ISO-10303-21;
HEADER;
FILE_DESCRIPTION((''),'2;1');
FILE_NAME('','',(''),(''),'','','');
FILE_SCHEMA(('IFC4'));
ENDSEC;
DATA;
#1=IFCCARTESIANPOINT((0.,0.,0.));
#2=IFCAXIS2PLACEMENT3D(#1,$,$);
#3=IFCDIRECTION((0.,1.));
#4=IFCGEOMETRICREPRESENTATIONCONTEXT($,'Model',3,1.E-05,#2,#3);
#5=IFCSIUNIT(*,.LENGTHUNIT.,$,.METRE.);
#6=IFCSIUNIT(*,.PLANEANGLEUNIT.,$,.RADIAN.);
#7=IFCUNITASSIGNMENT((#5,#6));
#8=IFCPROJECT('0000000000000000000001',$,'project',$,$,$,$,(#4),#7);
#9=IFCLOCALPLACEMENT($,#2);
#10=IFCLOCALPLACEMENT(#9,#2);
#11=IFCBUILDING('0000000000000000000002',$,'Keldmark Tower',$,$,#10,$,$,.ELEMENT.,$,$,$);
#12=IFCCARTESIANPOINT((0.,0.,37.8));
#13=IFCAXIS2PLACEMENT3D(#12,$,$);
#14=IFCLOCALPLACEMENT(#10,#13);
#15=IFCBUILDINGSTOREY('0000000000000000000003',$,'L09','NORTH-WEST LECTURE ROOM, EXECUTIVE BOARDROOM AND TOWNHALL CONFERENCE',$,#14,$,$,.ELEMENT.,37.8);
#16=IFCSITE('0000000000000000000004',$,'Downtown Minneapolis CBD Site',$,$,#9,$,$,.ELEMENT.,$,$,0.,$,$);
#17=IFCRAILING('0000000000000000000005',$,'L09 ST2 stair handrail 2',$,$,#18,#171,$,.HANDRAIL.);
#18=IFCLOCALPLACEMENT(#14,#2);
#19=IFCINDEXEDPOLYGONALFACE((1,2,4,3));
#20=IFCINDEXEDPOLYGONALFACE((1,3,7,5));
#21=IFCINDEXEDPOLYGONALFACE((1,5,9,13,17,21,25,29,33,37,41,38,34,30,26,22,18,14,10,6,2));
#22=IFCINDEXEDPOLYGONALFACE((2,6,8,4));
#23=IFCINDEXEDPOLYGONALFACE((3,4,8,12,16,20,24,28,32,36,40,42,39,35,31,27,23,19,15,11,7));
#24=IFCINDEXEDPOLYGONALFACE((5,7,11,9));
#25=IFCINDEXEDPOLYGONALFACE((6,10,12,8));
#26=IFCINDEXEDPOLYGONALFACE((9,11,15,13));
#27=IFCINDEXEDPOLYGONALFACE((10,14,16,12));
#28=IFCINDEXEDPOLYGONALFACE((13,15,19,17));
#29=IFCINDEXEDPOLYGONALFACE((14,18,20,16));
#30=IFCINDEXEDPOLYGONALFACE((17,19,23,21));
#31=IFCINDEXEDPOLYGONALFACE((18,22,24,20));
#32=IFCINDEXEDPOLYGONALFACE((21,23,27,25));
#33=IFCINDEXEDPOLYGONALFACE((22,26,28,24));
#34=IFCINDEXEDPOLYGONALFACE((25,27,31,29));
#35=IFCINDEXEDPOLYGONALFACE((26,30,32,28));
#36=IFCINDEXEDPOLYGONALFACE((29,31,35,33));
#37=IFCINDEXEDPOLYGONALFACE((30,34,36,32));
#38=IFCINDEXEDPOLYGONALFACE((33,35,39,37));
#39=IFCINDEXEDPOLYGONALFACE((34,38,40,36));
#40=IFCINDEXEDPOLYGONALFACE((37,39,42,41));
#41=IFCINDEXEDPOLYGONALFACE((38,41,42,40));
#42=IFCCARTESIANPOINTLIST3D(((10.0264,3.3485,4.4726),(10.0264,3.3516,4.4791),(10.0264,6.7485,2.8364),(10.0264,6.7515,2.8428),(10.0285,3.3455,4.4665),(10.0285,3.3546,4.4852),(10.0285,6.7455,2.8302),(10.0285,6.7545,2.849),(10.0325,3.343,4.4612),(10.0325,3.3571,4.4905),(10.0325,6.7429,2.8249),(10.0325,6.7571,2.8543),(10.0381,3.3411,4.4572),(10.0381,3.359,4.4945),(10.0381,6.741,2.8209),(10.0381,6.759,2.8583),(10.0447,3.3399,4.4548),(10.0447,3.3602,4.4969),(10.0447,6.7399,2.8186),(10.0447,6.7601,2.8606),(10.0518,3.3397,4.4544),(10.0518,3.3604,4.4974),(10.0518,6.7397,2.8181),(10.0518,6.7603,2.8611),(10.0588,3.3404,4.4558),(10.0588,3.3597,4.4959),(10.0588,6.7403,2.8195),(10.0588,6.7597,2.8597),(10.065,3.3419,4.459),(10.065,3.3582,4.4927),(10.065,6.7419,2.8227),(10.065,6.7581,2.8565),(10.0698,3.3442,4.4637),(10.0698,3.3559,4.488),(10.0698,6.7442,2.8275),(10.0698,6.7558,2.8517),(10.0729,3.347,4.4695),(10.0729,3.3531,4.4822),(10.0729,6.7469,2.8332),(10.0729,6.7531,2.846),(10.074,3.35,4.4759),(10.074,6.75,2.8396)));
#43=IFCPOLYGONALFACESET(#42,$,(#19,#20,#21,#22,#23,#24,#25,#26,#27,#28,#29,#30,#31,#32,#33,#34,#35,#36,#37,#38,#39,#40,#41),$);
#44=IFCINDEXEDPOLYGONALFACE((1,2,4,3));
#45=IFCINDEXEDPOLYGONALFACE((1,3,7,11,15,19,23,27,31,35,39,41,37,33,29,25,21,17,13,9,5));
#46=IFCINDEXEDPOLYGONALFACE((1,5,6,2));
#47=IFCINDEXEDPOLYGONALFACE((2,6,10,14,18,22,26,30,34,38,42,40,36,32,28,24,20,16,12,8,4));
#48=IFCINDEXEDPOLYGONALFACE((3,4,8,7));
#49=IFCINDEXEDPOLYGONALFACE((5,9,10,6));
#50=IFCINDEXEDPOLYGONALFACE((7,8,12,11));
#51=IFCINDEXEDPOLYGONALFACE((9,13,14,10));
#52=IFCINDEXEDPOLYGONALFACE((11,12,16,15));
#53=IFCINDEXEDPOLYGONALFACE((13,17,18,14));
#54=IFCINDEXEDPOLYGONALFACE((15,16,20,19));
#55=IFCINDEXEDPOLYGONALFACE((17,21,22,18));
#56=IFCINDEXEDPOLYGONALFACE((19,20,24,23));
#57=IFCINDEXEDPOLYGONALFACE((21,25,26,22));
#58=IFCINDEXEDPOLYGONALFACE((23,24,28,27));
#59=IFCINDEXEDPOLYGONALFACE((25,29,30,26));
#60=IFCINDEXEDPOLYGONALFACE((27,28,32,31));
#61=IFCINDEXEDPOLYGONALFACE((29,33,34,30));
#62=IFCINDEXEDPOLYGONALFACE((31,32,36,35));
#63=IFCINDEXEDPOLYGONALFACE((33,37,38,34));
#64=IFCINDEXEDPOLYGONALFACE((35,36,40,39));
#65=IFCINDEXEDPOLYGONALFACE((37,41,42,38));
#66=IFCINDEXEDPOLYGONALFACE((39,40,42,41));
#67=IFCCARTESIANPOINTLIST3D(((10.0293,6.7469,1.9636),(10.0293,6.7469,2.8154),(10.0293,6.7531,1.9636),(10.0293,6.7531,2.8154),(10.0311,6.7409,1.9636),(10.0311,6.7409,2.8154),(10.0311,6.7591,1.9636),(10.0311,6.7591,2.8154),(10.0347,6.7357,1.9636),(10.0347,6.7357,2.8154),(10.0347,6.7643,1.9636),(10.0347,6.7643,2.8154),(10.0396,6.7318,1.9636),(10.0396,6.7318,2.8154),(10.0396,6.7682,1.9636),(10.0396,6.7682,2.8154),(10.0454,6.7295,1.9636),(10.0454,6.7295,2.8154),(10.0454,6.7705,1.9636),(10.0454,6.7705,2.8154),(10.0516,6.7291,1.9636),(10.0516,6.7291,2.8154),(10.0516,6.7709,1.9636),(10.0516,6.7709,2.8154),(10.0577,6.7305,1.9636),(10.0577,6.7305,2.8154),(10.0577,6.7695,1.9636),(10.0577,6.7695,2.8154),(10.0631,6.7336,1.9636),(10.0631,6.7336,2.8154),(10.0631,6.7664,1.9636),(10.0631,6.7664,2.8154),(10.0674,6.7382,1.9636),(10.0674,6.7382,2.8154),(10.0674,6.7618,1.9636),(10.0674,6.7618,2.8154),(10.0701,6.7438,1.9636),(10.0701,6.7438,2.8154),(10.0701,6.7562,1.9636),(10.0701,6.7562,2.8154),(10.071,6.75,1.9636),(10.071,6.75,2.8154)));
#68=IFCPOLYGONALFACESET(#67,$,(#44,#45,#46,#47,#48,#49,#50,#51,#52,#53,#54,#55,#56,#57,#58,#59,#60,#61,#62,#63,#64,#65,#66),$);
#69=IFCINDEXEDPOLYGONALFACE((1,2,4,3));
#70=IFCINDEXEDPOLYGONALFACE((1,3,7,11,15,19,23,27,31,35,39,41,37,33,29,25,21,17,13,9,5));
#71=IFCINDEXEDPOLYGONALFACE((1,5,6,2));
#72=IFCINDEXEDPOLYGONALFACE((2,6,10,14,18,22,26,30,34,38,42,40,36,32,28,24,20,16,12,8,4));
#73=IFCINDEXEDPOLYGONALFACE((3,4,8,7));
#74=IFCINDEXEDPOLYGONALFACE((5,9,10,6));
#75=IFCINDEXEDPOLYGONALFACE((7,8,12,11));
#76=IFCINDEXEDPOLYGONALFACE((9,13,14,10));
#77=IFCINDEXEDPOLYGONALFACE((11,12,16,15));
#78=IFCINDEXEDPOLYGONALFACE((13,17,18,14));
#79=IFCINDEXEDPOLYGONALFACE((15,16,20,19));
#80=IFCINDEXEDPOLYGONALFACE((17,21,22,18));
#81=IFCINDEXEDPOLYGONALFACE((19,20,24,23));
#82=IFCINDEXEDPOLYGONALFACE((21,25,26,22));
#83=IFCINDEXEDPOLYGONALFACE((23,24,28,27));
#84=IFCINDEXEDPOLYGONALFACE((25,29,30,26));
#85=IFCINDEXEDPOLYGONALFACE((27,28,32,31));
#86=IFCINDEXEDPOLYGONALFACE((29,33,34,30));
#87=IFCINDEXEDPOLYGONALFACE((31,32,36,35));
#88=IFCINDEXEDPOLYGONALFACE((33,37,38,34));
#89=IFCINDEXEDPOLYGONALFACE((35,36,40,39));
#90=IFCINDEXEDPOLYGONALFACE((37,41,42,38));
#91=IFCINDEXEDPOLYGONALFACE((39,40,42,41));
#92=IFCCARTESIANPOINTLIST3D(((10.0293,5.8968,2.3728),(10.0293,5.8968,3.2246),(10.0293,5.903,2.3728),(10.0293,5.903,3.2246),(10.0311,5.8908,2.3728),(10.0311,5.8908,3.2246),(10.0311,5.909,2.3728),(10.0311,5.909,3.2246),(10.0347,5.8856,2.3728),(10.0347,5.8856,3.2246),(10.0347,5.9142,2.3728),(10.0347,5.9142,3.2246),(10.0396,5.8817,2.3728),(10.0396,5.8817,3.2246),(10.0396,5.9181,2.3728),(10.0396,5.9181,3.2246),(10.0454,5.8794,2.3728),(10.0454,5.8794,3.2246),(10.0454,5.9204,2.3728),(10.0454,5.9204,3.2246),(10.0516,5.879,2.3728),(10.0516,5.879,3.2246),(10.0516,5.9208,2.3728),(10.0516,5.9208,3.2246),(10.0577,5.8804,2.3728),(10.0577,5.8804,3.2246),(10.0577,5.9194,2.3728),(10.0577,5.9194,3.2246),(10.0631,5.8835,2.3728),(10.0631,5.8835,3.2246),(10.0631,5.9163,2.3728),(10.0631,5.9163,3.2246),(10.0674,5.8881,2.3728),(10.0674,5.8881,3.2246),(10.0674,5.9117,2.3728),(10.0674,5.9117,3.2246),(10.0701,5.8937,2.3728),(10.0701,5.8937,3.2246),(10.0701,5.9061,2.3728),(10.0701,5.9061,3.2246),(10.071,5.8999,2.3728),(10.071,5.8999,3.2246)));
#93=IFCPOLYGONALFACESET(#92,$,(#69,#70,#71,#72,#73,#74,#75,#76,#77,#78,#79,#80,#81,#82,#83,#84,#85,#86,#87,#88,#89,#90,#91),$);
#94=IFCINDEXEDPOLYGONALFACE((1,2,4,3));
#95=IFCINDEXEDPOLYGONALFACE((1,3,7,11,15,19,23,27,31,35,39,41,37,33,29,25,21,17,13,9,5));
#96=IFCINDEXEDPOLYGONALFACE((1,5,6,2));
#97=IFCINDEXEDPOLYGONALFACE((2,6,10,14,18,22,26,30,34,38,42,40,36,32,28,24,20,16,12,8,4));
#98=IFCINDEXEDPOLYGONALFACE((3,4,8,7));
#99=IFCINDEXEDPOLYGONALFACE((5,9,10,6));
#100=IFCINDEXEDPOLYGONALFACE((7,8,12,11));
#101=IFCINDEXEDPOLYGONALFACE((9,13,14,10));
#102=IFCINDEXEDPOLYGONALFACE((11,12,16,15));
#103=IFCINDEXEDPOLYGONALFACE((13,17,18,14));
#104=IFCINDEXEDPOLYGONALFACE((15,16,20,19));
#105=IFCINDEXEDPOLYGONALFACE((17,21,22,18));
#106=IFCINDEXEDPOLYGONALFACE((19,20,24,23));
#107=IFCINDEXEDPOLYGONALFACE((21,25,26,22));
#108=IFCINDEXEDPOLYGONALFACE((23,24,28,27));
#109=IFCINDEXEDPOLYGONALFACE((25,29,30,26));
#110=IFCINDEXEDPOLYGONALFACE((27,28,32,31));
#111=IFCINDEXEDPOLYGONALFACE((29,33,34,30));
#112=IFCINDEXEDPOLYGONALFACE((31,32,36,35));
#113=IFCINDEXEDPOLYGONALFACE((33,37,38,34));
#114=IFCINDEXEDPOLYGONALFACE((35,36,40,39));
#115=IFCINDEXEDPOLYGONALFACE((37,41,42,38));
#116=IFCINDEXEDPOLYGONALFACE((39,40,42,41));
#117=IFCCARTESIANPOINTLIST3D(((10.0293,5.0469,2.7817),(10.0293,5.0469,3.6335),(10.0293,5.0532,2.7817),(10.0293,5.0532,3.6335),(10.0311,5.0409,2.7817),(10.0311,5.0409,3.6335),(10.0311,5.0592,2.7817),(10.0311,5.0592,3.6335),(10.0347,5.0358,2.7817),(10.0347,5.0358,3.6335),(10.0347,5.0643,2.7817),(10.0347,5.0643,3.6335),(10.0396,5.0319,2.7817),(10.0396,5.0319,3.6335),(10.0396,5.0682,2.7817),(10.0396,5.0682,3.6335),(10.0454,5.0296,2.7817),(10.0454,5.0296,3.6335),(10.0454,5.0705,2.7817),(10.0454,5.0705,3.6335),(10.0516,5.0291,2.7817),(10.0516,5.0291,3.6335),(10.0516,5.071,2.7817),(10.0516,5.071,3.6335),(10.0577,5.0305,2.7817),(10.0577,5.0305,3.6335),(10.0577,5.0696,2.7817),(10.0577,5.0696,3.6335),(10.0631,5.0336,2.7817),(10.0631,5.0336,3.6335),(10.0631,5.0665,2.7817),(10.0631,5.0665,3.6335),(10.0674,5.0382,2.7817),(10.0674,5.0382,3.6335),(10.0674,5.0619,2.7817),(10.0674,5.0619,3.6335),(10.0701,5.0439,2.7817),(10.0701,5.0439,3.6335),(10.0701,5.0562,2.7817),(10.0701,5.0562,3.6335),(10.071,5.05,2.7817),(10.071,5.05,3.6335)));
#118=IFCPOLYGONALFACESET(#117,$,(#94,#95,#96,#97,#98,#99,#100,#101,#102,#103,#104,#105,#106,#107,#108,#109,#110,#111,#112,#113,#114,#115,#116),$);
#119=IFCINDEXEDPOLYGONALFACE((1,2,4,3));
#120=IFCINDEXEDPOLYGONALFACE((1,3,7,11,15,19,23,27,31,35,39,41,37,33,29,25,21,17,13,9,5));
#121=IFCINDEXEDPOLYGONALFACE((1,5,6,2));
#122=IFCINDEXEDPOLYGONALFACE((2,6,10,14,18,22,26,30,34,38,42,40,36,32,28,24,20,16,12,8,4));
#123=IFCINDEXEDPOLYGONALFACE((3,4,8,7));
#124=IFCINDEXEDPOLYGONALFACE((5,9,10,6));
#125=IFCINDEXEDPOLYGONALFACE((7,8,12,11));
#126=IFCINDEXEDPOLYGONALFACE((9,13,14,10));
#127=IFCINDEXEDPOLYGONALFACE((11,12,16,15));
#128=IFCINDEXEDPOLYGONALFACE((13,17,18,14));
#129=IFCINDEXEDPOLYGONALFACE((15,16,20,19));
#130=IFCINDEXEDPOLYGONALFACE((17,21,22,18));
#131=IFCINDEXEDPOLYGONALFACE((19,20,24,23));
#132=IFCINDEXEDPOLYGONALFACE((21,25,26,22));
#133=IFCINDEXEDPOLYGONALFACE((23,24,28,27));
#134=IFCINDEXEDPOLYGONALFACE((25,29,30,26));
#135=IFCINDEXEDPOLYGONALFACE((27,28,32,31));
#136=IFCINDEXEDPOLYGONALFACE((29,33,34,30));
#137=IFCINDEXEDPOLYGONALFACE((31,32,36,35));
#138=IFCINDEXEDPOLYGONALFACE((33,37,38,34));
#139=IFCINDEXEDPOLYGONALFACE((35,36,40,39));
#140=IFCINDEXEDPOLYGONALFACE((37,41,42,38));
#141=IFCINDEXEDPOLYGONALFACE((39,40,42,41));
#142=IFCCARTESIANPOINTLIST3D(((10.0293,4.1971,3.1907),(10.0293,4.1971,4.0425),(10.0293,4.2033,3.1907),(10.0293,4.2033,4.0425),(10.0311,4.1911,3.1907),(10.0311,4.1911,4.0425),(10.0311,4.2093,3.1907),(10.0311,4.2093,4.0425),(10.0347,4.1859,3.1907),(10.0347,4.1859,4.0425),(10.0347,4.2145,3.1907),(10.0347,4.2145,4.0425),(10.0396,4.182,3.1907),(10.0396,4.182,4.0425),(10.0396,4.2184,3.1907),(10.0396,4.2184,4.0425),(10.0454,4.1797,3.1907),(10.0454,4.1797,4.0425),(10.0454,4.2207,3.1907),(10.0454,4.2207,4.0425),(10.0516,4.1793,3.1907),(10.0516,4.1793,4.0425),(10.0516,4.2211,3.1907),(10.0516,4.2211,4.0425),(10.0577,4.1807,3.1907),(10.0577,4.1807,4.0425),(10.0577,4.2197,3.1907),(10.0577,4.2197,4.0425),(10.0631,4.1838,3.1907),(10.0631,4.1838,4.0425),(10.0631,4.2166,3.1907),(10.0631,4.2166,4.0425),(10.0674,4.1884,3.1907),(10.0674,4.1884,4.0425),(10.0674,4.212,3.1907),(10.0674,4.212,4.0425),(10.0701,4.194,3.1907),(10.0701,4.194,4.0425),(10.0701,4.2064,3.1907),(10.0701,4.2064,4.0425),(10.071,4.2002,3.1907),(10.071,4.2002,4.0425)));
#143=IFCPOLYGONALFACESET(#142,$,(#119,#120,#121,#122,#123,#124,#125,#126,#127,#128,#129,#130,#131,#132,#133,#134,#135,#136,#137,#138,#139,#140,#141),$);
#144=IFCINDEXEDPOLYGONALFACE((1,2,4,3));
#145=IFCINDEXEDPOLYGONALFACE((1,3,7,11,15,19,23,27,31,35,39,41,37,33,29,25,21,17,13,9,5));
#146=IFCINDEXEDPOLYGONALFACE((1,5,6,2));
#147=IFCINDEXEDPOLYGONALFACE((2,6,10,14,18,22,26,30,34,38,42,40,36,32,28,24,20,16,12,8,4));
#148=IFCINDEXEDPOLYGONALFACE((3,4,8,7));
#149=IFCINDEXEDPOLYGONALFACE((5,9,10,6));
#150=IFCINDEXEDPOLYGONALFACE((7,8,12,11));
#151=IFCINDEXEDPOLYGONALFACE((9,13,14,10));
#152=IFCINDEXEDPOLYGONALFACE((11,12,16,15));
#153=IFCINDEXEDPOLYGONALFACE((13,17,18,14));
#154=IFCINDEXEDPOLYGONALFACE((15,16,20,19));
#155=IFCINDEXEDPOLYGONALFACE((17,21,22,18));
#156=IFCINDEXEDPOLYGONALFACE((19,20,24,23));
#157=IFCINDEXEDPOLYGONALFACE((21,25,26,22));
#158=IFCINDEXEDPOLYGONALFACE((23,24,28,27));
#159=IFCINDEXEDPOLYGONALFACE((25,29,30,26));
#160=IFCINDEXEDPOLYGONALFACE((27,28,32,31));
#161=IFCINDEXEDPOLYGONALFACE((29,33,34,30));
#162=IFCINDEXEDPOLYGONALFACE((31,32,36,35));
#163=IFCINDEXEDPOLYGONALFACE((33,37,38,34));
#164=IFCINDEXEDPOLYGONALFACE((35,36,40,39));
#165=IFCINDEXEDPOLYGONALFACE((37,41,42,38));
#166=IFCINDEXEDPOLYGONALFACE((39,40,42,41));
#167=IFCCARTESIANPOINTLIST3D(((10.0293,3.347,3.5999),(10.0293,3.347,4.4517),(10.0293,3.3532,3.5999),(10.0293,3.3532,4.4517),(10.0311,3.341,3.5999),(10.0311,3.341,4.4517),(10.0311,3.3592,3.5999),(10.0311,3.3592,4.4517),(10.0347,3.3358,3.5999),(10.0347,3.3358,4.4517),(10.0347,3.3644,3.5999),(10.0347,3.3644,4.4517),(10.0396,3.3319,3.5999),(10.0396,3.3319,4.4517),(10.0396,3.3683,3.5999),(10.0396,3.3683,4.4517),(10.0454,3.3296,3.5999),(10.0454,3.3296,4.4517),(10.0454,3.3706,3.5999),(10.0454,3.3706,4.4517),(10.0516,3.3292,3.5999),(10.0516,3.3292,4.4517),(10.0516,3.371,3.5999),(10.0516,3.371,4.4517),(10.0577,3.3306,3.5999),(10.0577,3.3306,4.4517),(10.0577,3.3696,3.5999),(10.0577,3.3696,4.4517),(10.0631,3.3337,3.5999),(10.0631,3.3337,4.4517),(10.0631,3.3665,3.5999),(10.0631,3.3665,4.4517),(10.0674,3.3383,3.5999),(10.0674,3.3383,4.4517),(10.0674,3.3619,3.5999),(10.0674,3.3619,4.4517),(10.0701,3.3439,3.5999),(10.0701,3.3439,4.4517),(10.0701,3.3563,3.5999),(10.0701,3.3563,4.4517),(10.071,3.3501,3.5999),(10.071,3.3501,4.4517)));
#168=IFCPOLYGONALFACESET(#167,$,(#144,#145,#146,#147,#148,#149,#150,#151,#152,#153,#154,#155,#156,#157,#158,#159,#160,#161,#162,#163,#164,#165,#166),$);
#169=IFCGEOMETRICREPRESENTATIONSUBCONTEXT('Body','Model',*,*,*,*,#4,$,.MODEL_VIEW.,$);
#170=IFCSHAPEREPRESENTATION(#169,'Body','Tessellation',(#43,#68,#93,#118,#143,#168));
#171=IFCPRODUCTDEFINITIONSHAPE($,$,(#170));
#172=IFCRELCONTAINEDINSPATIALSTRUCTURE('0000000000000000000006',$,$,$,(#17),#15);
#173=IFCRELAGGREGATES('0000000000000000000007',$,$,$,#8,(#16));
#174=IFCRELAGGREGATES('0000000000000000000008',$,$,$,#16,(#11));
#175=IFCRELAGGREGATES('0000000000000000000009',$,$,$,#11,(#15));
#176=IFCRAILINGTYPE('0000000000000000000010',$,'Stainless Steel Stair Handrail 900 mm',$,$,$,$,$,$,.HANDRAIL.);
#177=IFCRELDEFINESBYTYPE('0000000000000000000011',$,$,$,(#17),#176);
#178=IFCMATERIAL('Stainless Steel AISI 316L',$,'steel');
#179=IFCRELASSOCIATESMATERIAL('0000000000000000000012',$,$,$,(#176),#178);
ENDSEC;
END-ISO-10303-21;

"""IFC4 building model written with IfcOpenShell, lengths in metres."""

from ifc_helpers import new_model, si_unit, direction, frame, origin, origin_2d, place, context, subcontext, project, spatial, circle, extrude, material, type_object, element, save


model = new_model("IFC4")

# Units and contexts
model_context = context("Model", 3, precision=1e-05, world=origin(), true_north=direction((0.0, 1.0)))
body_context = subcontext(model_context, "Body", "Model", "MODEL_VIEW")
ifc_project = project(units=[si_unit("LENGTHUNIT", "METRE"), si_unit("PLANEANGLEUNIT", "RADIAN")], contexts=[model_context])

# Site, building, storey
site_placement = place(None, origin())
site = spatial("IfcSite", under=ifc_project, at=site_placement, Name="Downtown Minneapolis CBD Site", CompositionType="ELEMENT", RefElevation=0.0)
building_placement = place(site_placement, origin())
building = spatial("IfcBuilding", under=site, at=building_placement, Name="Keldmark Tower", CompositionType="ELEMENT")
storey_placement = place(building_placement, frame((0.0, 0.0, 37.8)))
storey = spatial("IfcBuildingStorey", under=building, at=storey_placement, Name="L09", Description="NORTH-WEST LECTURE ROOM, EXECUTIVE BOARDROOM AND TOWNHALL CONFERENCE", CompositionType="ELEMENT", Elevation=37.8)

# Railing
ifc_material_1 = material(Name="Stainless Steel AISI 316L", Category="steel")
railing_type_1 = type_object("IfcRailingType", Name="Stainless Steel Stair Handrail 900 mm", PredefinedType="HANDRAIL", material=ifc_material_1)
railing_1_placement = place(storey_placement, frame((10.05, 6.75, 1.9636)))
element("IfcRailing", 1, at=railing_1_placement, inside=storey, type_object=railing_type_1, Name="L09 ST2 stair handrail 2", PredefinedType="HANDRAIL", context=body_context, shape_type="SweptSolid", body=[
    extrude(circle(Radius=0.0239, at=origin_2d()), frame((0.0, 0.0, 0.876), z_axis=(0.0, -0.90108, 0.433652), x_axis=(1.0, 0.0, 0.0)), (0.0, 0.0, 1.0), 3.7732),
    extrude(circle(Radius=0.021, at=origin_2d()), origin(), (0.0, 0.0, 1.0), 0.8518),
    extrude(circle(Radius=0.021, at=origin_2d()), frame((0.0, -0.8501, 0.4092)), (0.0, 0.0, 1.0), 0.8518),
    extrude(circle(Radius=0.021, at=origin_2d()), frame((0.0, -1.7, 0.8181)), (0.0, 0.0, 1.0), 0.8518),
    extrude(circle(Radius=0.021, at=origin_2d()), frame((0.0, -2.5498, 1.2271)), (0.0, 0.0, 1.0), 0.8518),
    extrude(circle(Radius=0.021, at=origin_2d()), frame((0.0, -3.3999, 1.6362)), (0.0, 0.0, 1.0), 0.8518),
])

save(model, "model.ifc")
